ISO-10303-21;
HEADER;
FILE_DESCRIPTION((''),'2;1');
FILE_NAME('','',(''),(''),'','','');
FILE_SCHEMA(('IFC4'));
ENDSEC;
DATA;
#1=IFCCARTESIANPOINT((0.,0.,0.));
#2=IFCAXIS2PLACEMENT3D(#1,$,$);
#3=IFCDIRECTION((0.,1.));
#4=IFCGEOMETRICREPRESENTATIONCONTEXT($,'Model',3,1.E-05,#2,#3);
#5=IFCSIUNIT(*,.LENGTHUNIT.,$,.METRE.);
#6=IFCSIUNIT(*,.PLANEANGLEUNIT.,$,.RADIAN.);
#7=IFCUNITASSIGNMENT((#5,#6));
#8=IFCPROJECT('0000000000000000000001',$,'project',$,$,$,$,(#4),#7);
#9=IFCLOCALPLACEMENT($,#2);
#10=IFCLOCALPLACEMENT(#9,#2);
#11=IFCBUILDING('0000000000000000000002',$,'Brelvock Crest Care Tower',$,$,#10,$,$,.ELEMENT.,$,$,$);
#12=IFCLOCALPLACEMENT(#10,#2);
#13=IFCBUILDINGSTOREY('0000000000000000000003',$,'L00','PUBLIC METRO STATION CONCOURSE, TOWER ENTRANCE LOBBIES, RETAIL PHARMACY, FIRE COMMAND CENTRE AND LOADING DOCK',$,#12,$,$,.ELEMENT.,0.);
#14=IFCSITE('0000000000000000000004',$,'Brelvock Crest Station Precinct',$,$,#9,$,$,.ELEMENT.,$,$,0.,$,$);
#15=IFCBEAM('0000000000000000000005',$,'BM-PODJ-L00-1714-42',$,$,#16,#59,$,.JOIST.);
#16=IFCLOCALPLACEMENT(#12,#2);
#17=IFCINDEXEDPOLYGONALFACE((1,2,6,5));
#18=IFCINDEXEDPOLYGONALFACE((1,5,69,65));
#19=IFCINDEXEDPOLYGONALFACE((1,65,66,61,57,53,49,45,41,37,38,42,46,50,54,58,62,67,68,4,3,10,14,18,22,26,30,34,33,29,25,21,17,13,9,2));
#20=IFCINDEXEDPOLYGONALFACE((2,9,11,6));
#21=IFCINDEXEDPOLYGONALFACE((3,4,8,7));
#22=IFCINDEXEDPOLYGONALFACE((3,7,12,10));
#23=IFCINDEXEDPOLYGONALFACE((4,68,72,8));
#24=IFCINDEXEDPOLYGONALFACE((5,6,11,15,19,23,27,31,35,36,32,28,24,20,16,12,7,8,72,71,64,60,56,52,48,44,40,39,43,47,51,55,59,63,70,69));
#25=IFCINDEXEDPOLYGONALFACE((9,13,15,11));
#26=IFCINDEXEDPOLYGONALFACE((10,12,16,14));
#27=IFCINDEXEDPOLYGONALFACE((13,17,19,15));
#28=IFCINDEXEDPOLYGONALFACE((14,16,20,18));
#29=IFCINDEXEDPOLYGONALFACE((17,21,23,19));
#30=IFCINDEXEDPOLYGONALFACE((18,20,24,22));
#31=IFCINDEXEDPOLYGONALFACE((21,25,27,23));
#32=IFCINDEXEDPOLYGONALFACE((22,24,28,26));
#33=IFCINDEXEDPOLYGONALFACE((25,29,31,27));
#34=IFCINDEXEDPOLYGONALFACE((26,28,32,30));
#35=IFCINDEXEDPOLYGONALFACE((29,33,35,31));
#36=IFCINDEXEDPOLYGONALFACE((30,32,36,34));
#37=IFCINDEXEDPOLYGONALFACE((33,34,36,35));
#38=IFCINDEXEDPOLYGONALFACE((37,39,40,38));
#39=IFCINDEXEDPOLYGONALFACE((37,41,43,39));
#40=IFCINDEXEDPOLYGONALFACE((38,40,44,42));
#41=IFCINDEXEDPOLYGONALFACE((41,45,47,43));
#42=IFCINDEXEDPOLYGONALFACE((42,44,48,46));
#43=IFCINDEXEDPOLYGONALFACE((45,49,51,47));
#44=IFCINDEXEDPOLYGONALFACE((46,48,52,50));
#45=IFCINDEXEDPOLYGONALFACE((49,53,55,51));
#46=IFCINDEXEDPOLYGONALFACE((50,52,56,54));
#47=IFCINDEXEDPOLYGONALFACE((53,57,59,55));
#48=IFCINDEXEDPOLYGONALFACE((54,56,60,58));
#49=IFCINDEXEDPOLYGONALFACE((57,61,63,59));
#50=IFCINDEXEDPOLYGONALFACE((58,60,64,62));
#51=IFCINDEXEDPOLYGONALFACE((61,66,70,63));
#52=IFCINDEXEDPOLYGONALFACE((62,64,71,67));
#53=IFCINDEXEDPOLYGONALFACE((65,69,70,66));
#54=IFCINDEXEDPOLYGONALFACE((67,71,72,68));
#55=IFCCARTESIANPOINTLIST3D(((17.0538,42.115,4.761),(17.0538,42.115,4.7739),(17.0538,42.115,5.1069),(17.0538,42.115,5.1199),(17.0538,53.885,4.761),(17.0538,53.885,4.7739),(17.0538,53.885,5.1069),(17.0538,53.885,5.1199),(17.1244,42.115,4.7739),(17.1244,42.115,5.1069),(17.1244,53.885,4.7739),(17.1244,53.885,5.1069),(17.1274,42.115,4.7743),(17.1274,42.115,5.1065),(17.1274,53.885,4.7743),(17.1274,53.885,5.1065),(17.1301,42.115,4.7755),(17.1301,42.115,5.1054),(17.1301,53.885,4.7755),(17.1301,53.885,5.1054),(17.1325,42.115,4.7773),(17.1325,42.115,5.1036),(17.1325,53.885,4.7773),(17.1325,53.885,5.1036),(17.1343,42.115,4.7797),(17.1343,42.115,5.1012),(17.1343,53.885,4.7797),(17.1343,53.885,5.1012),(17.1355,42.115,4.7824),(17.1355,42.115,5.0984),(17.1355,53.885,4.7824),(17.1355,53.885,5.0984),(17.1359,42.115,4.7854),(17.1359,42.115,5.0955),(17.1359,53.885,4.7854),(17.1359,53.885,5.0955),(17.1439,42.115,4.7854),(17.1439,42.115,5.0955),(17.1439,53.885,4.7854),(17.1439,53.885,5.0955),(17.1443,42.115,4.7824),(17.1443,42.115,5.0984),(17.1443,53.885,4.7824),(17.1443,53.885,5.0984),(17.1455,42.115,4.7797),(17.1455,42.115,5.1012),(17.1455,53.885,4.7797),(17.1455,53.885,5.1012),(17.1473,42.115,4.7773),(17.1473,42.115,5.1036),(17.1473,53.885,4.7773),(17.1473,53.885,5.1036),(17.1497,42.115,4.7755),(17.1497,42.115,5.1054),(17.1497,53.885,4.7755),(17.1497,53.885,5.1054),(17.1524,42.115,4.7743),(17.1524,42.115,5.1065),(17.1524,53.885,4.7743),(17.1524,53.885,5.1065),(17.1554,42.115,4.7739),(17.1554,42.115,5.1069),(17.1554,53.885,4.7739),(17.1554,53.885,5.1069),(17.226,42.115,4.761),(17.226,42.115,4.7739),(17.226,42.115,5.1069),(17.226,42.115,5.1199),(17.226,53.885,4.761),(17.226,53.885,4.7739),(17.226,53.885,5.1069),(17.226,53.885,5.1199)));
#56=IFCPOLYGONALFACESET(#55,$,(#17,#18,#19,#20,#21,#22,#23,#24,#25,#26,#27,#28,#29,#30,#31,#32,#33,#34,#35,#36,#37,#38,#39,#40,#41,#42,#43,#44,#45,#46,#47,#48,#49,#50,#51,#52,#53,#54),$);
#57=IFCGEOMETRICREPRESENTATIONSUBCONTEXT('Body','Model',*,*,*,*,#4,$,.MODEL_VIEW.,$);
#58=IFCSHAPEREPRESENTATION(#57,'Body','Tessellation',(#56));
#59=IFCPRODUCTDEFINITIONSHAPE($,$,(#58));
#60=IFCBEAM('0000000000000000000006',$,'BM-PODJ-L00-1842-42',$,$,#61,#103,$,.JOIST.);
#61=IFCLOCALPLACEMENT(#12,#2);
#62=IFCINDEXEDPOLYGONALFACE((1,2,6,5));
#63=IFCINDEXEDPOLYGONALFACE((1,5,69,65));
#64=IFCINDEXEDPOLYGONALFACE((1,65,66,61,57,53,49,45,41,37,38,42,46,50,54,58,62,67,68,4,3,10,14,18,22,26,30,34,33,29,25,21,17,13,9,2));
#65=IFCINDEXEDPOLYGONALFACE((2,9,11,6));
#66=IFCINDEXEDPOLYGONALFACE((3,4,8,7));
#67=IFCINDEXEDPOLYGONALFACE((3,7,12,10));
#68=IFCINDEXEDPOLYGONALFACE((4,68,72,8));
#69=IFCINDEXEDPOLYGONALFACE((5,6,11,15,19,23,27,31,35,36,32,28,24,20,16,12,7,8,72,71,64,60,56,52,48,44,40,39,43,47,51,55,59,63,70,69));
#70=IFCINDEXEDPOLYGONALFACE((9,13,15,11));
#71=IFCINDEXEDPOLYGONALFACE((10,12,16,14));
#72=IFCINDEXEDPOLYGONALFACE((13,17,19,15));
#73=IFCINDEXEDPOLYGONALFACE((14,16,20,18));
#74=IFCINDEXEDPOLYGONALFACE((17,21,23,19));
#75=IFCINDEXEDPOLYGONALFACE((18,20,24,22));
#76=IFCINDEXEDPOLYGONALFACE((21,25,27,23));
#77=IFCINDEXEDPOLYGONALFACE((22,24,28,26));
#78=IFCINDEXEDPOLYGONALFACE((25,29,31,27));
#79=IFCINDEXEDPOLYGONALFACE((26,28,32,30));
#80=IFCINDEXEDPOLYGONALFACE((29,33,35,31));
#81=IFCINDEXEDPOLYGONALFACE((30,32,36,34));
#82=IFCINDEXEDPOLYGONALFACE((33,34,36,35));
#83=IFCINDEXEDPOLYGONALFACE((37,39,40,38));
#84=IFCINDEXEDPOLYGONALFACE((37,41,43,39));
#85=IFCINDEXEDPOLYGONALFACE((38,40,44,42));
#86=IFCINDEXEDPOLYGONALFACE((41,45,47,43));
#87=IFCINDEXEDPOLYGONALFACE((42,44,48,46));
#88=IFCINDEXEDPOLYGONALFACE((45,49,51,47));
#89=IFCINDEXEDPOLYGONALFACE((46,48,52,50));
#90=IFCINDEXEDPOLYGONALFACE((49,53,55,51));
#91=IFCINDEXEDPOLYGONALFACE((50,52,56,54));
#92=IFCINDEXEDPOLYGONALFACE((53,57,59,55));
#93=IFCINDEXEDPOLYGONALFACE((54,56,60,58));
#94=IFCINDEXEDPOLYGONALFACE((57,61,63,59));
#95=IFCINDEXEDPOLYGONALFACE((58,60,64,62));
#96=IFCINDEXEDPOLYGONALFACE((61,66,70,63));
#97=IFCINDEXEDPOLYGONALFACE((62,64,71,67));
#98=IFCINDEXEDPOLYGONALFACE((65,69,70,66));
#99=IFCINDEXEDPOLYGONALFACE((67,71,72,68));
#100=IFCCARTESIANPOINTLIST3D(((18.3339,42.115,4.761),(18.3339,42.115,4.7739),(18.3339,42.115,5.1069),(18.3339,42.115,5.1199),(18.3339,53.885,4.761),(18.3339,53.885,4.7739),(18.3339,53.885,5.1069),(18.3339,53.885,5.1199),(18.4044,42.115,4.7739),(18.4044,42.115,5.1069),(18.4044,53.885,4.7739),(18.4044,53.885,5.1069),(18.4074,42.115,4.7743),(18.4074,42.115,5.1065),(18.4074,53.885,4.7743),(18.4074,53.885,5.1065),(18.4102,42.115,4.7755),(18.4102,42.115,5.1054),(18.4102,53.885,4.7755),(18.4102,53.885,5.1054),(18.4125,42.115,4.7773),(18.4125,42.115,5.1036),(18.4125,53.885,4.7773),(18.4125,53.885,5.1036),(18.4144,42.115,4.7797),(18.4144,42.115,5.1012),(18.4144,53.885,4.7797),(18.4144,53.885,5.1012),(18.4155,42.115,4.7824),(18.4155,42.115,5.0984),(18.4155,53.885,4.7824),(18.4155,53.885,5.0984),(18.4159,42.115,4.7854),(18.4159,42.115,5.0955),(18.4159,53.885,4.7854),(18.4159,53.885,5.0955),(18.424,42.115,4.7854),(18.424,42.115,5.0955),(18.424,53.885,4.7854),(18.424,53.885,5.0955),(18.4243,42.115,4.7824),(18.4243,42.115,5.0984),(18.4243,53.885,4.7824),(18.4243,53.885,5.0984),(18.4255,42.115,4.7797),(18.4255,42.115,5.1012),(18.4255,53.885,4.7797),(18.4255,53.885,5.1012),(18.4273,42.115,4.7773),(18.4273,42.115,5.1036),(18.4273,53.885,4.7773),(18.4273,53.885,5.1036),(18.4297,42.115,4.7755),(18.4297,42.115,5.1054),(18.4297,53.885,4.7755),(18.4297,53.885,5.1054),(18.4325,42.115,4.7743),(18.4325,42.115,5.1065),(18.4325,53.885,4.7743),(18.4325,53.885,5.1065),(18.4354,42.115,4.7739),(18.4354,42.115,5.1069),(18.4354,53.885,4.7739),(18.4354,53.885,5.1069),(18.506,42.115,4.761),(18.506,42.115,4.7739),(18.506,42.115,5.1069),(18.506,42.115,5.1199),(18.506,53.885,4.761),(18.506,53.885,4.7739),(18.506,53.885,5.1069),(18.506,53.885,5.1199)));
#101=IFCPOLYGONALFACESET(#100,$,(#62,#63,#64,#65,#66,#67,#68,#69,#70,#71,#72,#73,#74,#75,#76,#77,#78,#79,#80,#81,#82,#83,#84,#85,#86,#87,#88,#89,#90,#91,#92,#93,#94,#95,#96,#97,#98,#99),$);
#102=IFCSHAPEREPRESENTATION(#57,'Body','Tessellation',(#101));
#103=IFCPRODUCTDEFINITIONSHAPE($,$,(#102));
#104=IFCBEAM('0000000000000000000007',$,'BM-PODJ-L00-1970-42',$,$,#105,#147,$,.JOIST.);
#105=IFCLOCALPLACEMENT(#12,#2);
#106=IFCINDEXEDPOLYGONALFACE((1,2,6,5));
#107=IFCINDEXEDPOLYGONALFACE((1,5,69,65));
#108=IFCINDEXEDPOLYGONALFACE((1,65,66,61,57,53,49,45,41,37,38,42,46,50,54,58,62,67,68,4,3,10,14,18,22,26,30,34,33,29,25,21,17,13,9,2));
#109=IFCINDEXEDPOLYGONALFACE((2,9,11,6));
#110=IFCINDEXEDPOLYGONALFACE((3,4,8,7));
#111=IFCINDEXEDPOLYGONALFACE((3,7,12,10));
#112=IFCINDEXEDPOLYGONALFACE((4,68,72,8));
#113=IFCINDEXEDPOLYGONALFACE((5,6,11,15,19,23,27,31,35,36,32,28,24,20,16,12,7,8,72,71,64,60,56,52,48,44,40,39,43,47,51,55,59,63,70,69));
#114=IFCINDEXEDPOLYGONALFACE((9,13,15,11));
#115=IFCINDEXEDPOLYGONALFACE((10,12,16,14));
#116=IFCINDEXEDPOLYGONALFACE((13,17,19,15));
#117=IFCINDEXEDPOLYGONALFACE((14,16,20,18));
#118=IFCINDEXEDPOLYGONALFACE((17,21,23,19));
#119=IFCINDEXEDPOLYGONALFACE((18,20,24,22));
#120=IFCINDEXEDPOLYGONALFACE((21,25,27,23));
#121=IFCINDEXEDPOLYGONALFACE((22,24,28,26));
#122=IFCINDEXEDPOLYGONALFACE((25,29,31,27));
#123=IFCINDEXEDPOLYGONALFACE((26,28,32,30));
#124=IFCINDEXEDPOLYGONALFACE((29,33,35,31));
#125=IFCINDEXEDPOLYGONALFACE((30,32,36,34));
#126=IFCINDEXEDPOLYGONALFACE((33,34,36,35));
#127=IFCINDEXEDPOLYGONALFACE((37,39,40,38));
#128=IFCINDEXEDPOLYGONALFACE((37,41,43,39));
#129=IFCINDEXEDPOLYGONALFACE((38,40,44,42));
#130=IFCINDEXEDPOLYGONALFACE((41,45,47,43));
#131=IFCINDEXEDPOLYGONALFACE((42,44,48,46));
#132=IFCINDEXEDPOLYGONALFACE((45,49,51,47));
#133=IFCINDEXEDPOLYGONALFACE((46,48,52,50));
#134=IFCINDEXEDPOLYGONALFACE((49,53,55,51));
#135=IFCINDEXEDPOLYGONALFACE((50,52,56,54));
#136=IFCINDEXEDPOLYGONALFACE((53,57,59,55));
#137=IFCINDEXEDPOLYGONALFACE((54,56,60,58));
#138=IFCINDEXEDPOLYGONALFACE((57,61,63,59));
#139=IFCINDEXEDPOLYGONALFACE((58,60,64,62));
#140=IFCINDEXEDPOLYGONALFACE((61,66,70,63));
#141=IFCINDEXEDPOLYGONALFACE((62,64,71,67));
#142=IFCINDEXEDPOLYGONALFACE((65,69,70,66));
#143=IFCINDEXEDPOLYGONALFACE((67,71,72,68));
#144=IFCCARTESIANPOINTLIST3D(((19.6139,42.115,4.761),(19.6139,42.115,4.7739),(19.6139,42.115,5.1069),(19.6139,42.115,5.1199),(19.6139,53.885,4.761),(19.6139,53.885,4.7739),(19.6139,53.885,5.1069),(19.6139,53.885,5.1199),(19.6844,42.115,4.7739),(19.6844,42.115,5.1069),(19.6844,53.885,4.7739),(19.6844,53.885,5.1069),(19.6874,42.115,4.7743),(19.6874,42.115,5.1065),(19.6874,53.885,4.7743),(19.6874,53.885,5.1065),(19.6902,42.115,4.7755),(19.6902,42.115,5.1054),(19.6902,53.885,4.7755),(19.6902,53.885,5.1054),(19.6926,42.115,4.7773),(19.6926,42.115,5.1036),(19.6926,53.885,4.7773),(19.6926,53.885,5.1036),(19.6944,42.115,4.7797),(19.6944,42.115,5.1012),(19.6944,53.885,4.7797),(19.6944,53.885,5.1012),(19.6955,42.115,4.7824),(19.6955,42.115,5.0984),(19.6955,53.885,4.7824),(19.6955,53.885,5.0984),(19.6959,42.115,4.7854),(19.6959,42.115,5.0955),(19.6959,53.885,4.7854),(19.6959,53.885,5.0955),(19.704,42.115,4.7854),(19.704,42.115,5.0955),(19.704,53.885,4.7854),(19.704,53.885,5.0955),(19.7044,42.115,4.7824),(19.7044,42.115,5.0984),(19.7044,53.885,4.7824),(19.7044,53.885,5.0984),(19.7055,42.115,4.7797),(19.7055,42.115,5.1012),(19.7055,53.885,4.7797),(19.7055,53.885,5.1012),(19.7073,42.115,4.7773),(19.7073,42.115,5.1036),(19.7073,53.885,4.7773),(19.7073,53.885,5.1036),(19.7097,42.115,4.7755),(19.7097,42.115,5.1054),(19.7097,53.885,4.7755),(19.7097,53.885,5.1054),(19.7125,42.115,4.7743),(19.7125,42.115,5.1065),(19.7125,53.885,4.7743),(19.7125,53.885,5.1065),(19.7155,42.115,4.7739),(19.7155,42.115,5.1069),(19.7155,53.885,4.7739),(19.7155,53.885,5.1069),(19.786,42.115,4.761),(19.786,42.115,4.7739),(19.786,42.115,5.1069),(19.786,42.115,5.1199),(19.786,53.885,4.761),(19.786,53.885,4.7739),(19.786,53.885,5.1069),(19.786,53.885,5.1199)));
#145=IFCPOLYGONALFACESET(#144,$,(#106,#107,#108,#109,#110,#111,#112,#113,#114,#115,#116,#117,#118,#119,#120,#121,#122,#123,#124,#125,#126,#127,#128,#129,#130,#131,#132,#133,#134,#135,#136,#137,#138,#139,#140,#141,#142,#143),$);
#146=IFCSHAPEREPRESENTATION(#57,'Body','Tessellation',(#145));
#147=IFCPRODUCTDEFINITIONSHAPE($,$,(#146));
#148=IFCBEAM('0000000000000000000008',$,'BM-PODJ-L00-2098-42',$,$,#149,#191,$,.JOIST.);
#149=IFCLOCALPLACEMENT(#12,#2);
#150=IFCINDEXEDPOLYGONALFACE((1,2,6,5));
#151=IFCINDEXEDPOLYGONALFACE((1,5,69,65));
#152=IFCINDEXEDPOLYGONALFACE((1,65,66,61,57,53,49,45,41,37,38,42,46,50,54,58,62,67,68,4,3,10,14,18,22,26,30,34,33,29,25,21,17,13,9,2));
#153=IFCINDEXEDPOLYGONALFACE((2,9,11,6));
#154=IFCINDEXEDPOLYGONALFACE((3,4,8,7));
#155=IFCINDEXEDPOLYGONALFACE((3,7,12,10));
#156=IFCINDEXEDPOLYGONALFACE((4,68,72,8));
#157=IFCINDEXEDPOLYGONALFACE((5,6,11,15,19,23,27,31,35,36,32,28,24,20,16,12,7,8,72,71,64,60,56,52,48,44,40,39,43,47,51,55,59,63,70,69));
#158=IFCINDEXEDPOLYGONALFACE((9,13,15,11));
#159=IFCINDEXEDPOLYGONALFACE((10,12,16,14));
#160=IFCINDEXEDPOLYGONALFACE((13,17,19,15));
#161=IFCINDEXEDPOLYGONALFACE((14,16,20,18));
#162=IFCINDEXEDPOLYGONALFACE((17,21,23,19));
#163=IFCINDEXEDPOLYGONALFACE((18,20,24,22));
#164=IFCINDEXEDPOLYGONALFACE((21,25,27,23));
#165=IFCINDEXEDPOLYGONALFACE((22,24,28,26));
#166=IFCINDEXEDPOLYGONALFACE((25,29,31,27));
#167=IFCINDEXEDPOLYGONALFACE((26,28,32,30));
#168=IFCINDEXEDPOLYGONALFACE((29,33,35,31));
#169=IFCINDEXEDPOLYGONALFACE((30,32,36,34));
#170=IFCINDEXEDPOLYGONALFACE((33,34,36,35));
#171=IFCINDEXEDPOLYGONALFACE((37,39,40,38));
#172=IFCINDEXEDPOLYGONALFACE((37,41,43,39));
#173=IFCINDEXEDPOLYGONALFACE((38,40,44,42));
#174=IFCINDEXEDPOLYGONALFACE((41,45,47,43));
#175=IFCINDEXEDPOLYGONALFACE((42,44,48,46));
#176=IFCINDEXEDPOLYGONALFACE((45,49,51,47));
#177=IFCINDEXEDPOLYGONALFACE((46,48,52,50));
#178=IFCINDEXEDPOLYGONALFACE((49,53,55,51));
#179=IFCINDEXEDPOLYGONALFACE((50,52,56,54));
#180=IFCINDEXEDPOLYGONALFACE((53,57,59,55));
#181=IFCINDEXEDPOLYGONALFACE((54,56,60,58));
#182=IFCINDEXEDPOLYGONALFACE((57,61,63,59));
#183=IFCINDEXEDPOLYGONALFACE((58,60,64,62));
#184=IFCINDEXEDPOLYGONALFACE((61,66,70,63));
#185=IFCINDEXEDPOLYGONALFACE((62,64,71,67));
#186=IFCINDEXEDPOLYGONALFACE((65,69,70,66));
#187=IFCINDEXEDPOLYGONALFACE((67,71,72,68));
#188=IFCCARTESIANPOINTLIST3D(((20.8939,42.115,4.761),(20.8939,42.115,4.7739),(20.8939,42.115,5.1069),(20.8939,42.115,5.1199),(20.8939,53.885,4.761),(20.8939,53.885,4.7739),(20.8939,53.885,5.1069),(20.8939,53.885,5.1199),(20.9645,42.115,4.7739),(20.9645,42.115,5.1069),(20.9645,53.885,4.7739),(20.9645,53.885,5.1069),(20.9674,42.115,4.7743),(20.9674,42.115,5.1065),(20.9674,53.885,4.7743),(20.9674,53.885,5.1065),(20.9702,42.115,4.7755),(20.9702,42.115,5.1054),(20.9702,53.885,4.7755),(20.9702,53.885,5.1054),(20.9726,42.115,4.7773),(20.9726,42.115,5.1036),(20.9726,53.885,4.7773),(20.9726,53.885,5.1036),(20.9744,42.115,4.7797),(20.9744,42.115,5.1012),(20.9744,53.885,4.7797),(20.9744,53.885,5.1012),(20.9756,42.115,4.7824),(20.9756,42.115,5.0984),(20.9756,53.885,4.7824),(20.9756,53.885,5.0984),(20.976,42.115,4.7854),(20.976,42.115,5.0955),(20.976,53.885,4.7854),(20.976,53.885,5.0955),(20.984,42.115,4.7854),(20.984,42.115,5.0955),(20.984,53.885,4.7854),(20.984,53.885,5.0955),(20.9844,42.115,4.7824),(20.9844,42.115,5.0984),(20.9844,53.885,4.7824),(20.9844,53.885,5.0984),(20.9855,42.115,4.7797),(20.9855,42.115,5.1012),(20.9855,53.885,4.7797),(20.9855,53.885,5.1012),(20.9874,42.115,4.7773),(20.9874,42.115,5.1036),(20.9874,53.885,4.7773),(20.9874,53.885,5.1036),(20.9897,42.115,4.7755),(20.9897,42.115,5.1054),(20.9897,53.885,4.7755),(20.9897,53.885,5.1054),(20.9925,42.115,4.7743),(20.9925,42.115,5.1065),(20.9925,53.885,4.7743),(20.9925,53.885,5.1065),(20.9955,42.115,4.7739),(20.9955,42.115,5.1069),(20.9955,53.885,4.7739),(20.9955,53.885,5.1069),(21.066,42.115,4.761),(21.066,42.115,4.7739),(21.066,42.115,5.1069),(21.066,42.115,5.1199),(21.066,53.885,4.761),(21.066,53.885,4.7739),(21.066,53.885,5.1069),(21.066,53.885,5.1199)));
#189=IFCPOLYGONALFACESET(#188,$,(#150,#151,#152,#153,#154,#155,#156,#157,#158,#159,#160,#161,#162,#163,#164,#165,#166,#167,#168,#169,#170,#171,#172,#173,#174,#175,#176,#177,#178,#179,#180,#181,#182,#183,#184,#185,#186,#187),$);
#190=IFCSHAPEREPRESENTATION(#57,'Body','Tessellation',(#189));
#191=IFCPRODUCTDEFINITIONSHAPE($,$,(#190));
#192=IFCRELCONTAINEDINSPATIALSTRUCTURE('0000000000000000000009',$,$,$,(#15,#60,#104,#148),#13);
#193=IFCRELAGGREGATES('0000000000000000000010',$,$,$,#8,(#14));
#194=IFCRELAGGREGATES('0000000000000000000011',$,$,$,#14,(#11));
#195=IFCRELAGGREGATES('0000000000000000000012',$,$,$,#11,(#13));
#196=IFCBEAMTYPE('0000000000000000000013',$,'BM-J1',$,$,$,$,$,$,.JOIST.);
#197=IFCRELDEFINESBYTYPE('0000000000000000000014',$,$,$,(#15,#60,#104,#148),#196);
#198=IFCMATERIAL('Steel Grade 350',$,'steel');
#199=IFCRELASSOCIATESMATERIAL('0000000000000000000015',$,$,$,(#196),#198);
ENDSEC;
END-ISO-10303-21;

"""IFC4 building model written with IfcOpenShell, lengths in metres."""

from ifc_helpers import new_model, si_unit, direction, frame, origin, origin_2d, place, context, subcontext, project, spatial, i_section, extrude, source, transform, mapped, material, material_profile, profile_set, type_object, element, save


model = new_model("IFC4")

# Units and contexts
model_context = context("Model", 3, precision=1e-05, world=origin(), true_north=direction((0.0, 1.0)))
body_context = subcontext(model_context, "Body", "Model", "MODEL_VIEW")
ifc_project = project(units=[si_unit("LENGTHUNIT", "METRE"), si_unit("PLANEANGLEUNIT", "RADIAN")], contexts=[model_context])

# Site, building, storey
site_placement = place(None, origin())
site = spatial("IfcSite", under=ifc_project, at=site_placement, Name="Brelvock Crest Station Precinct", CompositionType="ELEMENT", RefElevation=0.0)
building_placement = place(site_placement, origin())
building = spatial("IfcBuilding", under=site, at=building_placement, Name="Brelvock Crest Care Tower", CompositionType="ELEMENT")
storey_placement = place(building_placement, origin())
storey = spatial("IfcBuildingStorey", under=building, at=storey_placement, Name="L00", Description="PUBLIC METRO STATION CONCOURSE, TOWER ENTRANCE LOBBIES, RETAIL PHARMACY, FIRE COMMAND CENTRE AND LOADING DOCK", CompositionType="ELEMENT", Elevation=0.0)

# Shared definitions
ifc_material_1 = material(Name="Steel Grade 350", Category="steel")

# Beams
ifc_material_profile_1 = material_profile(ifc_material_1, i_section(OverallWidth=0.1721, OverallDepth=0.3589, WebThickness=0.0081, FlangeThickness=0.0129, FilletRadius=0.0115, at=origin_2d()), Name="360UB56.7")
ifc_profile_set_1 = profile_set([ifc_material_profile_1], Name="Steel Grade 350")
beam_type_1 = type_object("IfcBeamType", Name="BM-J1", PredefinedType="JOIST", material=ifc_profile_set_1)
shared_shape_1 = source(origin(), body_context, "Body", "SweptSolid", [
    extrude(i_section(OverallWidth=0.1721, OverallDepth=0.3589, WebThickness=0.0081, FlangeThickness=0.0129, FilletRadius=0.0115, at=origin_2d()), origin(), (0.0, 0.0, 1.0), 11.77),
])
for number, where, z_axis, x_axis, name in (
    (1, (17.1399, 42.115, 4.9404), (0.0, 1.0, 0.0), (-1.0, 0.0, 0.0), "BM-PODJ-L00-1714-42"),
    (2, (18.4199, 42.115, 4.9404), (0.0, 1.0, 0.0), (-1.0, 0.0, 0.0), "BM-PODJ-L00-1842-42"),
    (3, (19.7, 42.115, 4.9404), (0.0, 1.0, 0.0), (-1.0, 0.0, 0.0), "BM-PODJ-L00-1970-42"),
    (4, (20.98, 42.115, 4.9404), (0.0, 1.0, 0.0), (-1.0, 0.0, 0.0), "BM-PODJ-L00-2098-42"),
):
    element("IfcBeam", number, at=place(storey_placement, frame(where, z_axis=z_axis, x_axis=x_axis)), inside=storey, type_object=beam_type_1, Name=name, PredefinedType="JOIST", context=body_context, shape_type="MappedRepresentation", body=[
        mapped(shared_shape_1, transform((0.0, 0.0, 0.0), x_axis=(1.0, 0.0, 0.0), y_axis=(0.0, 1.0, 0.0), z_axis=(0.0, 0.0, 1.0), scale=1.0)),
    ])

save(model, "model.ifc")
